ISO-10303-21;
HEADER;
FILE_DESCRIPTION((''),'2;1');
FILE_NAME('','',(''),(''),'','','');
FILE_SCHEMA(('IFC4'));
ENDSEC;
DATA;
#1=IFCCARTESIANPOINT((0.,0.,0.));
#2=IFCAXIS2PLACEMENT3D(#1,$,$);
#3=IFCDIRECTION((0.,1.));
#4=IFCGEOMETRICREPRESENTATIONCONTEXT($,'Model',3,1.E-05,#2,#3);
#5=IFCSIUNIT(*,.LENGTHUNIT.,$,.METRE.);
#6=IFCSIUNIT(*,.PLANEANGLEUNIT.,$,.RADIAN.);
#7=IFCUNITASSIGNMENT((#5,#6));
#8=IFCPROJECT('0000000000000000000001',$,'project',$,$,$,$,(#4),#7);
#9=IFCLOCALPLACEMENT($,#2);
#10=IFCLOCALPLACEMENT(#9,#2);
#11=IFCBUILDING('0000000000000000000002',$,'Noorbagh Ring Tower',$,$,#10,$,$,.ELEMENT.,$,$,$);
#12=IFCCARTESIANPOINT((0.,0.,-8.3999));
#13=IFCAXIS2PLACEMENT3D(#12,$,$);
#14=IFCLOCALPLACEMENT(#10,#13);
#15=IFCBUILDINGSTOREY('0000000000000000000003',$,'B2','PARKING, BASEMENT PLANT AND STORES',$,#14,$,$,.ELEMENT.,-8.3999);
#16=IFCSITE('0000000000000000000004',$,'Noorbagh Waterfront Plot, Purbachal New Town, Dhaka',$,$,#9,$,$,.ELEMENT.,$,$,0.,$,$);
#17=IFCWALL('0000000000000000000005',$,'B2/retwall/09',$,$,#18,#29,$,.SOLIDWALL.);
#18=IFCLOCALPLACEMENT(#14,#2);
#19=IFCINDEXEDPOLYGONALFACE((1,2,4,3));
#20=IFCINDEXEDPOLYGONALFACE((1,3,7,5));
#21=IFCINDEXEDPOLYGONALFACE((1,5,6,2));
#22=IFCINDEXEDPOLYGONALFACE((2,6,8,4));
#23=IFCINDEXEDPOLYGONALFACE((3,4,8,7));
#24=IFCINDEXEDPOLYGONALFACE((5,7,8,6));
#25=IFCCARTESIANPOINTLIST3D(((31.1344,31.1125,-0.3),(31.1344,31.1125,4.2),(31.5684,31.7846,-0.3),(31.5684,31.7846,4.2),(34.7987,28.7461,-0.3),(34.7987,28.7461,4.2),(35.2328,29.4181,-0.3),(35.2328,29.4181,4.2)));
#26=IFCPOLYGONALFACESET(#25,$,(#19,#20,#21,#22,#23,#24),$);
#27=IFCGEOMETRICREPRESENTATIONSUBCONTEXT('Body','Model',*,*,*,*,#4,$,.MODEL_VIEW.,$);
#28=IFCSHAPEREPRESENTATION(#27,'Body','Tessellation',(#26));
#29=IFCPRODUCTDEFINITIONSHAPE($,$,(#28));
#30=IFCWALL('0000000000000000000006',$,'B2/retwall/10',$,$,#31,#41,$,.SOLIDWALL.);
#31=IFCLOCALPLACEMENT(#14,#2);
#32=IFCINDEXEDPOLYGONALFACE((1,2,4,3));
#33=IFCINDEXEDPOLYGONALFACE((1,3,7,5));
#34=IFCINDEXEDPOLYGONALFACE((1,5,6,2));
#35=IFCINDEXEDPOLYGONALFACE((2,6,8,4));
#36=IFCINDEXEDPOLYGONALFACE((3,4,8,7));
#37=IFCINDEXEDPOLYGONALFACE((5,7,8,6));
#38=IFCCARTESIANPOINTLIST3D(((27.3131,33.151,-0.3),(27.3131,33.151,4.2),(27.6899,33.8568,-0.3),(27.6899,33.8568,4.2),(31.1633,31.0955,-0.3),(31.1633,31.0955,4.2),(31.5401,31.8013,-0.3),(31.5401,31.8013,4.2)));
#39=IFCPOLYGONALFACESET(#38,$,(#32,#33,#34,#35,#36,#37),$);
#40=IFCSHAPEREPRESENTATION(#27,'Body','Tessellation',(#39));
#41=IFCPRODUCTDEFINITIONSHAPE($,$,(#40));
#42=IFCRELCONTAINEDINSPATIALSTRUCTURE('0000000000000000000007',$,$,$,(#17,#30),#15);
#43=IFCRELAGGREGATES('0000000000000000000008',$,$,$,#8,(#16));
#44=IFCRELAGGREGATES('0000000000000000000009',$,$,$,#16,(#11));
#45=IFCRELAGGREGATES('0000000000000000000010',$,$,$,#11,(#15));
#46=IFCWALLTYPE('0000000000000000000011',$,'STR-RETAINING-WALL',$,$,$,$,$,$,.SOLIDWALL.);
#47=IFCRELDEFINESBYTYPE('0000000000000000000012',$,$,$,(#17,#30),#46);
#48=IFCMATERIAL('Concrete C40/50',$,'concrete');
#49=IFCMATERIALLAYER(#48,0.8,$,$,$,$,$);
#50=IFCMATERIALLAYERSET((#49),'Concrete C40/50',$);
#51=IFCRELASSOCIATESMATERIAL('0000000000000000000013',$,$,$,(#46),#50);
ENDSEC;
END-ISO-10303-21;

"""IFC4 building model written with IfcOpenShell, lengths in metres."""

from ifc_helpers import new_model, si_unit, direction, frame, frame_2d, origin, place, context, subcontext, project, spatial, rectangle, extrude, material, layer, layer_set, type_object, element, save


model = new_model("IFC4")

# Units and contexts
model_context = context("Model", 3, precision=1e-05, world=origin(), true_north=direction((0.0, 1.0)))
body_context = subcontext(model_context, "Body", "Model", "MODEL_VIEW")
ifc_project = project(units=[si_unit("LENGTHUNIT", "METRE"), si_unit("PLANEANGLEUNIT", "RADIAN")], contexts=[model_context])

# Site, building, storey
site_placement = place(None, origin())
site = spatial("IfcSite", under=ifc_project, at=site_placement, Name="Noorbagh Waterfront Plot, Purbachal New Town, Dhaka", CompositionType="ELEMENT", RefElevation=0.0)
building_placement = place(site_placement, origin())
building = spatial("IfcBuilding", under=site, at=building_placement, Name="Noorbagh Ring Tower", CompositionType="ELEMENT")
storey_placement = place(building_placement, frame((0.0, 0.0, -8.3999)))
storey = spatial("IfcBuildingStorey", under=building, at=storey_placement, Name="B2", Description="PARKING, BASEMENT PLANT AND STORES", CompositionType="ELEMENT", Elevation=-8.3999)

# Walls
ifc_material_1 = material(Name="Concrete C40/50", Category="concrete")
ifc_layer = layer(ifc_material_1, 0.8)
ifc_layer_set = layer_set([ifc_layer], Name="Concrete C40/50")
wall_type = type_object("IfcWallType", Name="STR-RETAINING-WALL", PredefinedType="SOLIDWALL", material=ifc_layer_set)
wall_1_placement = place(storey_placement, frame((35.0159, 29.082, -0.3), z_axis=(0.0, 0.0, 1.0), x_axis=(-0.840047, 0.542513, 0.0)))
element("IfcWall", 1, at=wall_1_placement, inside=storey, type_object=wall_type, Name="B2/retwall/09", PredefinedType="SOLIDWALL", context=body_context, shape_type="SweptSolid", body=[
    extrude(rectangle(XDim=4.3621, YDim=0.8, at=frame_2d((2.1812, 0.0))), origin(), (0.0, 0.0, 1.0), 4.5),
])
wall_2_placement = place(storey_placement, frame((31.3516, 31.4485, -0.3), z_axis=(0.0, 0.0, 1.0), x_axis=(-0.882159, 0.470951, 0.0)))
element("IfcWall", 2, at=wall_2_placement, inside=storey, type_object=wall_type, Name="B2/retwall/10", PredefinedType="SOLIDWALL", context=body_context, shape_type="SweptSolid", body=[
    extrude(rectangle(XDim=4.3645, YDim=0.8, at=frame_2d((2.1821, 0.0))), origin(), (0.0, 0.0, 1.0), 4.5),
])

save(model, "model.ifc")
